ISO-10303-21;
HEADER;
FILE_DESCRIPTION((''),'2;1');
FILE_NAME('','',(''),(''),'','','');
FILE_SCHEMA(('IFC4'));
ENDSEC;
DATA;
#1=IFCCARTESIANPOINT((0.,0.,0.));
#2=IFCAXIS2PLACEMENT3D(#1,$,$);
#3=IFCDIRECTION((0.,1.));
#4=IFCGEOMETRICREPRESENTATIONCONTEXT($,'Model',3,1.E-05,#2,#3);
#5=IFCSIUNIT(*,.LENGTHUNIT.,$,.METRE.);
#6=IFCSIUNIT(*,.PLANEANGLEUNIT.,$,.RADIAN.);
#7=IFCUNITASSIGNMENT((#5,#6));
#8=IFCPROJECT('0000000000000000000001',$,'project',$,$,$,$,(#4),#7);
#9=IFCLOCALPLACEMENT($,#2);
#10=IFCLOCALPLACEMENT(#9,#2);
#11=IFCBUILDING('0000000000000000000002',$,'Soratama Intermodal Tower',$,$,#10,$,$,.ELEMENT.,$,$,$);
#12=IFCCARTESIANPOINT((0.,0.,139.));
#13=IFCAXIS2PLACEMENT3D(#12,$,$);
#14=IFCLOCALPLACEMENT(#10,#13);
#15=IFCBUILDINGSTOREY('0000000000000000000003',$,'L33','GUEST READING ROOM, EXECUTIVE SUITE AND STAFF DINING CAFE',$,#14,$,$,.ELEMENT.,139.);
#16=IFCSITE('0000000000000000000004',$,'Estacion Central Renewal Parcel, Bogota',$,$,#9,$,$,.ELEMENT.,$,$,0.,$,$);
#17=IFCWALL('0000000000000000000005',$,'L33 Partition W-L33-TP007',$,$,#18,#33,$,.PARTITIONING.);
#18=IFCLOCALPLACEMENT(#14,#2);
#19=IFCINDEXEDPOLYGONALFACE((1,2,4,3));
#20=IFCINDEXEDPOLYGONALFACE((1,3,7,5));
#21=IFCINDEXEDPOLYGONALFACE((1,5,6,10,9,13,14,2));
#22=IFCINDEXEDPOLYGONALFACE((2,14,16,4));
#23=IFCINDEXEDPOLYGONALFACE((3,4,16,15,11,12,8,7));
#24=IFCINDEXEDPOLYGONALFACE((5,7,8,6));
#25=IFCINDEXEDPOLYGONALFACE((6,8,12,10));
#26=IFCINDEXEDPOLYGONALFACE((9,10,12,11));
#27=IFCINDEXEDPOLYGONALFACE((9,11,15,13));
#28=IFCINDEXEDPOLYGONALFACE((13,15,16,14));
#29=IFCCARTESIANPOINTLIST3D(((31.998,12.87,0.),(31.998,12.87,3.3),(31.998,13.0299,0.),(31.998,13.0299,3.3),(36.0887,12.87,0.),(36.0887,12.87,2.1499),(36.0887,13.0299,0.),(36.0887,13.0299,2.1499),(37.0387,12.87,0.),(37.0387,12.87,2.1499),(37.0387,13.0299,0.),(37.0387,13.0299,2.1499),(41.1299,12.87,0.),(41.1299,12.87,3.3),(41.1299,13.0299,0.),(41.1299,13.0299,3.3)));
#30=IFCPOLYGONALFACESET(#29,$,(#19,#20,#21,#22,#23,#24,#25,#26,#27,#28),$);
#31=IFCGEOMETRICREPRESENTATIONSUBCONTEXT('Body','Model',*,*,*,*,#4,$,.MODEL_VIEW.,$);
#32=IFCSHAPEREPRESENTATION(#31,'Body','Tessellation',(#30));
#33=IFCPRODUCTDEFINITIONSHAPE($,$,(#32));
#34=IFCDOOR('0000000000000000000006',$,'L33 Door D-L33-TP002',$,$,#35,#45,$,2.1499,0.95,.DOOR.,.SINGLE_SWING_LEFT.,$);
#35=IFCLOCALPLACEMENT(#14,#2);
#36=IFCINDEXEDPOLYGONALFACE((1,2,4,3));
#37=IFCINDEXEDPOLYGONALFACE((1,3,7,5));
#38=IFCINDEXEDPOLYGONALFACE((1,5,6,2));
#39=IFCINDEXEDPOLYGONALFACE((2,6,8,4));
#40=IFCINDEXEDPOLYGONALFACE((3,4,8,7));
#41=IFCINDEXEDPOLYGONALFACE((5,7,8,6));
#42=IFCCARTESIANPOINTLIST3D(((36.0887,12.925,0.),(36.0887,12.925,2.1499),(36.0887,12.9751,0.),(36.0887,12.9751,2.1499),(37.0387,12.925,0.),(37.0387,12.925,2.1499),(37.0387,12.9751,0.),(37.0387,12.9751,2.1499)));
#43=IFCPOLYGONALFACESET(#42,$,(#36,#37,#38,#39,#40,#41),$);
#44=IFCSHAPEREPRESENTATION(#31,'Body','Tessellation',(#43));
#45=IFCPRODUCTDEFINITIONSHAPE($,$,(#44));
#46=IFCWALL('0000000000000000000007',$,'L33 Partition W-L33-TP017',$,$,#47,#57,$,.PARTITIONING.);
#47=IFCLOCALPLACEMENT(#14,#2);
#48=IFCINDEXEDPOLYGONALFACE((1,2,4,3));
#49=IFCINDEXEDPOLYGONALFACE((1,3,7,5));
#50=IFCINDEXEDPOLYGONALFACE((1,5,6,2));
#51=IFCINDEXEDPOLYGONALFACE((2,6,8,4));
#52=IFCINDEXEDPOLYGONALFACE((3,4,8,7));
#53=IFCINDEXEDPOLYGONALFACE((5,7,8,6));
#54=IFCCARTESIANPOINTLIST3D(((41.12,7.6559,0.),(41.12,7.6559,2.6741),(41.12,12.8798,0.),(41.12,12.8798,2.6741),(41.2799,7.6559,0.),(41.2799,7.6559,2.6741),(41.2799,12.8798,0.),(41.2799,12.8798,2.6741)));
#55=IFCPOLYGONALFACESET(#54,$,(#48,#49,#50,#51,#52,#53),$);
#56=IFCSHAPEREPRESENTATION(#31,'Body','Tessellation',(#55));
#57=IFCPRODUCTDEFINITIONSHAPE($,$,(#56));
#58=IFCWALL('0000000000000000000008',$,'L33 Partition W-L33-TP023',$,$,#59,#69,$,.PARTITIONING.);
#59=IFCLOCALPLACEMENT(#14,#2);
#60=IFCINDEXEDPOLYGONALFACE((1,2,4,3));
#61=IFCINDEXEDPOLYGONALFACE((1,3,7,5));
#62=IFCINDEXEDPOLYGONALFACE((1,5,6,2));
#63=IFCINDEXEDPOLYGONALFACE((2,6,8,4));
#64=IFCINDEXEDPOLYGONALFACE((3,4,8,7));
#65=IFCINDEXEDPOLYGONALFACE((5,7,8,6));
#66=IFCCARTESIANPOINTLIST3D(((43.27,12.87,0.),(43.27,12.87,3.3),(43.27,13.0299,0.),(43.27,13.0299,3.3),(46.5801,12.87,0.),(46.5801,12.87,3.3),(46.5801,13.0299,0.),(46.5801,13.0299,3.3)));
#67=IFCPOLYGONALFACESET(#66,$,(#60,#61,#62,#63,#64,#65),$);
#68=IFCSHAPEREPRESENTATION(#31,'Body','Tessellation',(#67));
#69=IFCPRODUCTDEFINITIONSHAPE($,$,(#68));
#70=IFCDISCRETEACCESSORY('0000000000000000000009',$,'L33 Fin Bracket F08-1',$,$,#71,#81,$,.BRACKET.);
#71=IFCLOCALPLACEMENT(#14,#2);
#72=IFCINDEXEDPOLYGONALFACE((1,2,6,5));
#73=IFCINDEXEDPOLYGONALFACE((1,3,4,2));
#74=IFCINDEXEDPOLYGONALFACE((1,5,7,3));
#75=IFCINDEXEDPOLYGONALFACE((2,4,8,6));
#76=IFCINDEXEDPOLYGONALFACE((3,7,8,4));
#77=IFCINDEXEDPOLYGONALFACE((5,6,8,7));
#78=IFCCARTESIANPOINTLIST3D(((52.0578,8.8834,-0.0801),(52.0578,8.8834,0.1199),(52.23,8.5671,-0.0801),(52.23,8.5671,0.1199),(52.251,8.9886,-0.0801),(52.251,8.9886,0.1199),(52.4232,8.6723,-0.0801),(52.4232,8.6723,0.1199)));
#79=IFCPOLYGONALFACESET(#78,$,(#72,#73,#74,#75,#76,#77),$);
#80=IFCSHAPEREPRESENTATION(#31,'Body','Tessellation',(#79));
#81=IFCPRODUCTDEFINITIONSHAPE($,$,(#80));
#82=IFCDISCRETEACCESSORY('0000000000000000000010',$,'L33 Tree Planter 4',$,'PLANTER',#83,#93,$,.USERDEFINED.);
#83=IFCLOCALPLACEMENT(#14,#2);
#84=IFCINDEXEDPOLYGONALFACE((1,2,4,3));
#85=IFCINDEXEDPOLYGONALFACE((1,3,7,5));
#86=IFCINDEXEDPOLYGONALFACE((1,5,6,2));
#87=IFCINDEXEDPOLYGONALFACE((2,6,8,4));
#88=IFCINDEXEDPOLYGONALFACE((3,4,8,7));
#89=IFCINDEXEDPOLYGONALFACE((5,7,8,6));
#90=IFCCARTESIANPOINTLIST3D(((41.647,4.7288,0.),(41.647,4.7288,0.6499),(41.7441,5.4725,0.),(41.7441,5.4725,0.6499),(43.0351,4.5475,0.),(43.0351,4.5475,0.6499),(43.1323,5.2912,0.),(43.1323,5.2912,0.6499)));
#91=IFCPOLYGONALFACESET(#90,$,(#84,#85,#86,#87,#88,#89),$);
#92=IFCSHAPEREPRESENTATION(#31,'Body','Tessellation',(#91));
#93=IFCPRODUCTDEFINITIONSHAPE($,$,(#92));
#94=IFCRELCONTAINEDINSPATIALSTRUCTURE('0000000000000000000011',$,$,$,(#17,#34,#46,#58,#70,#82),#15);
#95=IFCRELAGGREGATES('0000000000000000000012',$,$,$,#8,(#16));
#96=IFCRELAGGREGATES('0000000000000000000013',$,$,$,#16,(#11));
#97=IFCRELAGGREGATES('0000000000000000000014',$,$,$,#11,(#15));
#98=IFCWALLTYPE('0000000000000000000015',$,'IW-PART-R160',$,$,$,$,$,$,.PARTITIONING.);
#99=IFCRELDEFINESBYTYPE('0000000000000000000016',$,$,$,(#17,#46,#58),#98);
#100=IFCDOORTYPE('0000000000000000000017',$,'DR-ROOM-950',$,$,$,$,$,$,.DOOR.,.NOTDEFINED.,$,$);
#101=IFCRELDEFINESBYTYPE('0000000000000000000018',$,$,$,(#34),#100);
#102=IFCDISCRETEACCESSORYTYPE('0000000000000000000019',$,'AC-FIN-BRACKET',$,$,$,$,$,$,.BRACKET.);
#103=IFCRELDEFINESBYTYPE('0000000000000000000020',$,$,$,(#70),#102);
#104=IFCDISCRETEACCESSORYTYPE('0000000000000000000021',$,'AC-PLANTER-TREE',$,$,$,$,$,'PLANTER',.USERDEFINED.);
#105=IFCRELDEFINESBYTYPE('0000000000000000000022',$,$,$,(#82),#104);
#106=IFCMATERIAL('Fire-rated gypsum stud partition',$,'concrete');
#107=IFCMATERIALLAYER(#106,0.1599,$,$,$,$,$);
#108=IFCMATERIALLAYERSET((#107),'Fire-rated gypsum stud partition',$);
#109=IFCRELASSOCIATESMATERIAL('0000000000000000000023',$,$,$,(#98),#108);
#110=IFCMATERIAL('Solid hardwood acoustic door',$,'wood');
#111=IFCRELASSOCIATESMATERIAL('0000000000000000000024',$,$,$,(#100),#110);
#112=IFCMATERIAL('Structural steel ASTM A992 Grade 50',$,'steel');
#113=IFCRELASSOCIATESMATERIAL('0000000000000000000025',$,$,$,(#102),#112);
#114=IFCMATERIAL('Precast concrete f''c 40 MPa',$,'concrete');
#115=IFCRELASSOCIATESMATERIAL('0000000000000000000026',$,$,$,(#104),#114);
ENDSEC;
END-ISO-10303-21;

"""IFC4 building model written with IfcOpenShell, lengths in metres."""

from ifc_helpers import new_model, si_unit, direction, frame, frame_2d, origin, origin_2d, place, context, subcontext, project, spatial, rectangle, extrude, material, layer, layer_set, type_object, element, fill, save


model = new_model("IFC4")

# Units and contexts
model_context = context("Model", 3, precision=1e-05, world=origin(), true_north=direction((0.0, 1.0)))
body_context = subcontext(model_context, "Body", "Model", "MODEL_VIEW")
ifc_project = project(units=[si_unit("LENGTHUNIT", "METRE"), si_unit("PLANEANGLEUNIT", "RADIAN")], contexts=[model_context])

# Site, building, storey
site_placement = place(None, origin())
site = spatial("IfcSite", under=ifc_project, at=site_placement, Name="Estacion Central Renewal Parcel, Bogota", CompositionType="ELEMENT", RefElevation=0.0)
building_placement = place(site_placement, origin())
building = spatial("IfcBuilding", under=site, at=building_placement, Name="Soratama Intermodal Tower", CompositionType="ELEMENT")
storey_placement = place(building_placement, frame((0.0, 0.0, 139.0)))
storey = spatial("IfcBuildingStorey", under=building, at=storey_placement, Name="L33", Description="GUEST READING ROOM, EXECUTIVE SUITE AND STAFF DINING CAFE", CompositionType="ELEMENT", Elevation=139.0)

# Wall, opening, door
ifc_material_1 = material(Name="Fire-rated gypsum stud partition", Category="concrete")
ifc_layer_1 = layer(ifc_material_1, 0.1599)
ifc_layer_set_1 = layer_set([ifc_layer_1], Name="Fire-rated gypsum stud partition")
wall_type_1 = type_object("IfcWallType", Name="IW-PART-R160", PredefinedType="PARTITIONING", material=ifc_layer_set_1)
wall_1_placement = place(storey_placement, frame((41.1299, 12.95, 0.0), z_axis=(0.0, 0.0, 1.0), x_axis=(-1.0, 0.0, 0.0)))
wall_1 = element("IfcWall", 1, at=wall_1_placement, inside=storey, type_object=wall_type_1, Name="L33 Partition W-L33-TP007", PredefinedType="PARTITIONING", context=body_context, shape_type="SweptSolid", body=[
    extrude(rectangle(XDim=9.1318, YDim=0.1599, at=frame_2d((4.5659, 0.0))), origin(), (0.0, 0.0, 1.0), 3.3),
])
opening_1_placement = place(wall_1_placement, frame((4.0911, 0.0, 0.0)))
opening_1 = element("IfcOpeningElement", 2, at=opening_1_placement, cuts=wall_1, PredefinedType="OPENING", context=body_context, shape_type="SweptSolid", body=[
    extrude(rectangle(XDim=0.95, YDim=2.1499, at=frame_2d((0.4751, 1.075))), frame((0.0, 0.0898, 0.0), z_axis=(0.0, -1.0, 0.0), x_axis=(1.0, 0.0, 0.0)), (0.0, 0.0, 1.0), 0.1799),
])
ifc_material_2 = material(Name="Solid hardwood acoustic door", Category="wood")
door_type = type_object("IfcDoorType", Name="DR-ROOM-950", OperationType="NOTDEFINED", PredefinedType="DOOR", material=ifc_material_2)
door_1_placement = place(opening_1_placement, origin())
door_1 = element("IfcDoor", 3, at=door_1_placement, inside=storey, type_object=door_type, Name="L33 Door D-L33-TP002", OperationType="SINGLE_SWING_LEFT", OverallHeight=2.1499, OverallWidth=0.95, PredefinedType="DOOR", context=body_context, shape_type="SweptSolid", body=[
    extrude(rectangle(XDim=0.95, YDim=2.1499, at=frame_2d((0.4751, 1.075))), frame((0.0, 0.0249, 0.0), z_axis=(0.0, -1.0, 0.0), x_axis=(1.0, 0.0, 0.0)), (0.0, 0.0, 1.0), 0.05),
])
fill(opening_1, door_1)

# Walls
wall_2_placement = place(storey_placement, frame((41.2, 7.656, 0.0), z_axis=(0.0, 0.0, 1.0), x_axis=(0.0, 1.0, 0.0)))
element("IfcWall", 4, at=wall_2_placement, inside=storey, type_object=wall_type_1, Name="L33 Partition W-L33-TP017", PredefinedType="PARTITIONING", context=body_context, shape_type="SweptSolid", body=[
    extrude(rectangle(XDim=5.2239, YDim=0.1599, at=frame_2d((2.6118, 0.0))), origin(), (0.0, 0.0, 1.0), 2.6741),
])
wall_3_placement = place(storey_placement, frame((46.5801, 12.95, 0.0), z_axis=(0.0, 0.0, 1.0), x_axis=(-1.0, 0.0, 0.0)))
element("IfcWall", 5, at=wall_3_placement, inside=storey, type_object=wall_type_1, Name="L33 Partition W-L33-TP023", PredefinedType="PARTITIONING", context=body_context, shape_type="SweptSolid", body=[
    extrude(rectangle(XDim=3.3101, YDim=0.1599, at=frame_2d((1.655, 0.0))), origin(), (0.0, 0.0, 1.0), 3.3),
])

# Discrete accessories
ifc_material_3 = material(Name="Structural steel ASTM A992 Grade 50", Category="steel")
discrete_accessory_type_1 = type_object("IfcDiscreteAccessoryType", Name="AC-FIN-BRACKET", PredefinedType="BRACKET", material=ifc_material_3)
discrete_accessory_1_placement = place(storey_placement, frame((52.2405, 8.7778, -0.0801), z_axis=(0.0, 0.0, 1.0), x_axis=(0.478079, -0.878317, 0.0)))
element("IfcDiscreteAccessory", 6, at=discrete_accessory_1_placement, inside=storey, type_object=discrete_accessory_type_1, Name="L33 Fin Bracket F08-1", PredefinedType="BRACKET", context=body_context, shape_type="SweptSolid", body=[
    extrude(rectangle(XDim=0.3601, YDim=0.22, at=origin_2d()), origin(), (0.0, 0.0, 1.0), 0.2),
])
ifc_material_4 = material(Name="Precast concrete f'c 40 MPa", Category="concrete")
discrete_accessory_type_2 = type_object("IfcDiscreteAccessoryType", Name="AC-PLANTER-TREE", ElementType="PLANTER", PredefinedType="USERDEFINED", material=ifc_material_4)
discrete_accessory_2_placement = place(storey_placement, frame((42.3896, 5.01, 0.0), z_axis=(0.0, 0.0, 1.0), x_axis=(-0.129488, -0.991581, 0.0)))
element("IfcDiscreteAccessory", 7, at=discrete_accessory_2_placement, inside=storey, type_object=discrete_accessory_type_2, Name="L33 Tree Planter 4", ObjectType="PLANTER", PredefinedType="USERDEFINED", context=body_context, shape_type="SweptSolid", body=[
    extrude(rectangle(XDim=0.75, YDim=1.3999, at=origin_2d()), origin(), (0.0, 0.0, 1.0), 0.6499),
])

save(model, "model.ifc")
